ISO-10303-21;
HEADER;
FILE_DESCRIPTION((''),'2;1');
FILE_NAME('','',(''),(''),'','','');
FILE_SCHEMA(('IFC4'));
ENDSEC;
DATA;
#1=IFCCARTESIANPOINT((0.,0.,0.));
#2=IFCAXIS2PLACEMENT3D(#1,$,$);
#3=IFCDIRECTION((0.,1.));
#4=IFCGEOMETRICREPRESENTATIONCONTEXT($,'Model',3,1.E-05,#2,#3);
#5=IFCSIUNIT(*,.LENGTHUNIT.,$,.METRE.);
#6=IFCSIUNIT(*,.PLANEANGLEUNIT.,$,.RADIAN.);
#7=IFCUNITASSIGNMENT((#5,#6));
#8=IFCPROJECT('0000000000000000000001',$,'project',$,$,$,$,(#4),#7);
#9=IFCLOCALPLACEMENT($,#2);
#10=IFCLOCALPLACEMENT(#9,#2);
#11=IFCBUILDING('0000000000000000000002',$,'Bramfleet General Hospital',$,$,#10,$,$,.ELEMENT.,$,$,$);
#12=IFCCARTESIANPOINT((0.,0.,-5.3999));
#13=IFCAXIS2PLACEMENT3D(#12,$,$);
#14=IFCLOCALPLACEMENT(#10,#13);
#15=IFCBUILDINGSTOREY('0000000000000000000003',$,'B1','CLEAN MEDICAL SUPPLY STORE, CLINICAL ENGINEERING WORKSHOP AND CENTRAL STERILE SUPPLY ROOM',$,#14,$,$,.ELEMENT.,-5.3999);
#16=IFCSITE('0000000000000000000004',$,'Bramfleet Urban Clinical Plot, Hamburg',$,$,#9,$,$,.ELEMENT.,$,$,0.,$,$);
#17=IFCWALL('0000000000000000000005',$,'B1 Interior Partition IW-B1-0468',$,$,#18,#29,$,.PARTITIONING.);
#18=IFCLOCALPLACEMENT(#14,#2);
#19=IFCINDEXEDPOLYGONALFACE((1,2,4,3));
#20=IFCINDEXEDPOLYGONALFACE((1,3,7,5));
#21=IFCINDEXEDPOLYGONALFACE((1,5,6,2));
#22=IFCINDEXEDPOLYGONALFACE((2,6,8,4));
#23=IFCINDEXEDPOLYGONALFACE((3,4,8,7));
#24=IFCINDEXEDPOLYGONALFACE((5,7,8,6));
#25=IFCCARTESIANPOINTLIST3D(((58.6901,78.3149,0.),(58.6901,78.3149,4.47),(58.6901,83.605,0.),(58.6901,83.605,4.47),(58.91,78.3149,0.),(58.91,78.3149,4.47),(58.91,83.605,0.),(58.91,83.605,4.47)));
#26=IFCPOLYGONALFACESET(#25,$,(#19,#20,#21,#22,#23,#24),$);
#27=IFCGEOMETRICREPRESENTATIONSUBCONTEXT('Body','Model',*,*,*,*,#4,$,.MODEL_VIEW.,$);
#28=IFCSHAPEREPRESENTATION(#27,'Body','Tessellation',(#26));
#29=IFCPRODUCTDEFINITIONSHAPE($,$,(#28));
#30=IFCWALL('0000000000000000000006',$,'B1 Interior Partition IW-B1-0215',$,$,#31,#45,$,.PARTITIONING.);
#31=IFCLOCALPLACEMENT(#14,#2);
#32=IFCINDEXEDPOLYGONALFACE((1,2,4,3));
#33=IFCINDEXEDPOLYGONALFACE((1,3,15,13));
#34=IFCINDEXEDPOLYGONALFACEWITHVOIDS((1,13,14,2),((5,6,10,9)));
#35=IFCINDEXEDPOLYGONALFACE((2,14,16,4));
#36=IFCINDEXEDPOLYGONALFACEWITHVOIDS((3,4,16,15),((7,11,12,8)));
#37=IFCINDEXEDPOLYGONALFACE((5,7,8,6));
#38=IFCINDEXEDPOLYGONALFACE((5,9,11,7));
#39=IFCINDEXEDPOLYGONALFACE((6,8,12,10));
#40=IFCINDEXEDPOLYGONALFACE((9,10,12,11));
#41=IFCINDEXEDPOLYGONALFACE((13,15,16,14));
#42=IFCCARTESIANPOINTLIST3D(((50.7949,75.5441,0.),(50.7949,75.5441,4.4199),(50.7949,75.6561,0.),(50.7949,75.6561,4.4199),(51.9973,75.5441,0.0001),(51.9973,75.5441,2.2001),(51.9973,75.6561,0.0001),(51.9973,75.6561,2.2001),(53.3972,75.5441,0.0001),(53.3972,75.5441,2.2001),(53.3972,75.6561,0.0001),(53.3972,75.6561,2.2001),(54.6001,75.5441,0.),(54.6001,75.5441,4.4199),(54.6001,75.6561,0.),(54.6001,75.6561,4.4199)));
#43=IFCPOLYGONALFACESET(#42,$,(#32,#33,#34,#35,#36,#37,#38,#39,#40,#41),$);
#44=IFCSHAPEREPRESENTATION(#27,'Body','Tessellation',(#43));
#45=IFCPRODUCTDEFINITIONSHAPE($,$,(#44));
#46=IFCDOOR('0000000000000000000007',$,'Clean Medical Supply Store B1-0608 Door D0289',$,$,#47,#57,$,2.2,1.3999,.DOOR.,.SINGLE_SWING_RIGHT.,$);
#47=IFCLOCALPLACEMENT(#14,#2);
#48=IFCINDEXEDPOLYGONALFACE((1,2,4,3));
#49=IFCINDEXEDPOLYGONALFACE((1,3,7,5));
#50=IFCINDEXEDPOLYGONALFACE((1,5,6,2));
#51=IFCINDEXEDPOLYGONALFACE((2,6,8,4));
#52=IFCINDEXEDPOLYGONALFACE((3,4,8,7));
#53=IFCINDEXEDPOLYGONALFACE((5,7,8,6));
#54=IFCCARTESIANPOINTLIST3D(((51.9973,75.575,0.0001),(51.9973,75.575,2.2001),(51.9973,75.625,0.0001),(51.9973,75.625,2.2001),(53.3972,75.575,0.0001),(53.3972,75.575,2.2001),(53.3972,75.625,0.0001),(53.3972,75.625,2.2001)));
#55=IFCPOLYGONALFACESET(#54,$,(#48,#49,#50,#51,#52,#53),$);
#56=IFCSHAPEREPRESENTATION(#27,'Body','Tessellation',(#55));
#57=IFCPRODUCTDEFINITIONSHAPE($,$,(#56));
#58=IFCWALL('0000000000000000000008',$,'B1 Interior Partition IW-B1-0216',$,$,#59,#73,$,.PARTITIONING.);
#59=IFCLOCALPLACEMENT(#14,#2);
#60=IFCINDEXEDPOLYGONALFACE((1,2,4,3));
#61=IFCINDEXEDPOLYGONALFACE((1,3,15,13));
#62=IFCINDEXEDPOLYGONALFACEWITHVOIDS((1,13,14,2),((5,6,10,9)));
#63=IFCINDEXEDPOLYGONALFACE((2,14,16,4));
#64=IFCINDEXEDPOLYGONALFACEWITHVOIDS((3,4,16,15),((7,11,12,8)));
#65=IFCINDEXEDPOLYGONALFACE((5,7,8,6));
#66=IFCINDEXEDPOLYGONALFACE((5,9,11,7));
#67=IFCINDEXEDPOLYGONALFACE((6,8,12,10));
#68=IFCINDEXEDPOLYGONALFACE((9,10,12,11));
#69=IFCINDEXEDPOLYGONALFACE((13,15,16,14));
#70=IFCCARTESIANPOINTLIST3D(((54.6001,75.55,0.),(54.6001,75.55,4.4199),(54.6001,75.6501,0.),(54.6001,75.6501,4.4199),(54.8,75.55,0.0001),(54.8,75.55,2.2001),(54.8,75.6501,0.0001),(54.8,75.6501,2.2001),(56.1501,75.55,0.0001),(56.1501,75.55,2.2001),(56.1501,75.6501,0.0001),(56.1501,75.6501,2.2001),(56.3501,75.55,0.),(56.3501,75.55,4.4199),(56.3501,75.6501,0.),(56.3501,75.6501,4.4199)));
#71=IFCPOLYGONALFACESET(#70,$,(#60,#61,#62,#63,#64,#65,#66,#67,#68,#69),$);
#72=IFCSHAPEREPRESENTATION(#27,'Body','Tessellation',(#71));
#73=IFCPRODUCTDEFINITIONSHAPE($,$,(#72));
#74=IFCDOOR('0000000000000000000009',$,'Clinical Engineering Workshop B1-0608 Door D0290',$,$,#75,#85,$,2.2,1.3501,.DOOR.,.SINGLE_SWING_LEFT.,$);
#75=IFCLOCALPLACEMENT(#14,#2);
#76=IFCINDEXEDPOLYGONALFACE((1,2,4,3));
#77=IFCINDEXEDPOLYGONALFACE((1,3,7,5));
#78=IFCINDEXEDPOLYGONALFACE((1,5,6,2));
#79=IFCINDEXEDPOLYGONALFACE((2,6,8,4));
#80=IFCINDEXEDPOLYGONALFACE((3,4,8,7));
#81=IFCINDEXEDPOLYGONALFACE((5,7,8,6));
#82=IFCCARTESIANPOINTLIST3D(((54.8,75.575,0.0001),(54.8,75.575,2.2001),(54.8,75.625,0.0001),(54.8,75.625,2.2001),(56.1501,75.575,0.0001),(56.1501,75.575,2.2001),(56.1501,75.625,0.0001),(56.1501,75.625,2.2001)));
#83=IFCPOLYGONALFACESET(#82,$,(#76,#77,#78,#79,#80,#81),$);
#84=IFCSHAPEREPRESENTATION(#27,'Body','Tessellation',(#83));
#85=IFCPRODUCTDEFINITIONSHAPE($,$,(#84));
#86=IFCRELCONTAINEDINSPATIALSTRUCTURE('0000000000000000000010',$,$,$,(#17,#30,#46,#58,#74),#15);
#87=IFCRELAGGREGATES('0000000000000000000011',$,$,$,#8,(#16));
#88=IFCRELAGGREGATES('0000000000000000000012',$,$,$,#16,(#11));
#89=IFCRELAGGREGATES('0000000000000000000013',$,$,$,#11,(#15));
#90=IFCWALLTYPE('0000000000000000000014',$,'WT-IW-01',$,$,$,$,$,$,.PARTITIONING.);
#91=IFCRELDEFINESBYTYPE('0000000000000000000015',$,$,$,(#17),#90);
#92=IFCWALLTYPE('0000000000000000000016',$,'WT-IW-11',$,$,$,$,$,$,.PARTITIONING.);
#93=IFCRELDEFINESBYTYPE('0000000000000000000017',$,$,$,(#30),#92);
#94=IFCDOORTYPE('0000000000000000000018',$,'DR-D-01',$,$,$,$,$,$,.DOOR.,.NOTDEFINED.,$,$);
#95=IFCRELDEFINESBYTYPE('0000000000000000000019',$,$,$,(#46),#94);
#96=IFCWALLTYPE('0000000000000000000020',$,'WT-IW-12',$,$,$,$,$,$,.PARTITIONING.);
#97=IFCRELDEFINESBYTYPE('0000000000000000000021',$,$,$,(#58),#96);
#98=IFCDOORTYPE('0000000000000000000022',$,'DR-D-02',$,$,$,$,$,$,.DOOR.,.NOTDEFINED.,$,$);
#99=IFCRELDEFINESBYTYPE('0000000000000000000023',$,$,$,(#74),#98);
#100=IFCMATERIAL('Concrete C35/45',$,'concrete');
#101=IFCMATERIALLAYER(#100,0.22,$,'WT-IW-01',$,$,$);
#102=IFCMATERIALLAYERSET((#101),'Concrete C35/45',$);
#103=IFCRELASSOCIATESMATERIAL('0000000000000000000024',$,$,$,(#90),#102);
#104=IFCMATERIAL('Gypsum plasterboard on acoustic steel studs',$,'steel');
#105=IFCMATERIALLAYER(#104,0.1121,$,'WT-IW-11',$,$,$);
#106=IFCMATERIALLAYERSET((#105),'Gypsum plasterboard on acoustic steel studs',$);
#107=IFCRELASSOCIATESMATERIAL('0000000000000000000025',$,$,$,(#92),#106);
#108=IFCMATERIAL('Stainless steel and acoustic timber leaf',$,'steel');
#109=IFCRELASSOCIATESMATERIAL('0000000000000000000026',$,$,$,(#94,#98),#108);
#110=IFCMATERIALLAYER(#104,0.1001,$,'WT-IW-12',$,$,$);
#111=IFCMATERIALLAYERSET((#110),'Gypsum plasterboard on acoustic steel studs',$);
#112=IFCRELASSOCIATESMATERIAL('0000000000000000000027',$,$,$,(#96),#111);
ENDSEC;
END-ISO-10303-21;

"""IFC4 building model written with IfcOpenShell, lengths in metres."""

from ifc_helpers import new_model, si_unit, direction, frame, frame_2d, origin, place, context, subcontext, project, spatial, rectangle, extrude, material, layer, layer_set, type_object, element, fill, save


model = new_model("IFC4")

# Units and contexts
model_context = context("Model", 3, precision=1e-05, world=origin(), true_north=direction((0.0, 1.0)))
body_context = subcontext(model_context, "Body", "Model", "MODEL_VIEW")
ifc_project = project(units=[si_unit("LENGTHUNIT", "METRE"), si_unit("PLANEANGLEUNIT", "RADIAN")], contexts=[model_context])

# Site, building, storey
site_placement = place(None, origin())
site = spatial("IfcSite", under=ifc_project, at=site_placement, Name="Bramfleet Urban Clinical Plot, Hamburg", CompositionType="ELEMENT", RefElevation=0.0)
building_placement = place(site_placement, origin())
building = spatial("IfcBuilding", under=site, at=building_placement, Name="Bramfleet General Hospital", CompositionType="ELEMENT")
storey_placement = place(building_placement, frame((0.0, 0.0, -5.3999)))
storey = spatial("IfcBuildingStorey", under=building, at=storey_placement, Name="B1", Description="CLEAN MEDICAL SUPPLY STORE, CLINICAL ENGINEERING WORKSHOP AND CENTRAL STERILE SUPPLY ROOM", CompositionType="ELEMENT", Elevation=-5.3999)

# Shared definitions
ifc_material_1 = material(Name="Concrete C35/45", Category="concrete")

# Shared definitions
ifc_layer_1 = layer(ifc_material_1, 0.22, Name="WT-IW-01")
ifc_layer_set_1 = layer_set([ifc_layer_1], Name="Concrete C35/45")
wall_type_1 = type_object("IfcWallType", Name="WT-IW-01", PredefinedType="PARTITIONING", material=ifc_layer_set_1)
ifc_material_2 = material(Name="Stainless steel and acoustic timber leaf", Category="steel")

# Wall
wall_1_placement = place(storey_placement, frame((58.8, 78.3149, 0.0), z_axis=(0.0, 0.0, 1.0), x_axis=(0.0, 1.0, 0.0)))
element("IfcWall", 1, at=wall_1_placement, inside=storey, type_object=wall_type_1, Name="B1 Interior Partition IW-B1-0468", PredefinedType="PARTITIONING", context=body_context, shape_type="SweptSolid", body=[
    extrude(rectangle(XDim=5.29, YDim=0.22, at=frame_2d((2.645, 0.0))), origin(), (0.0, 0.0, 1.0), 4.47),
])

# Walls, openings, doors
ifc_material_3 = material(Name="Gypsum plasterboard on acoustic steel studs", Category="steel")
ifc_layer_2 = layer(ifc_material_3, 0.1121, Name="WT-IW-11")
ifc_layer_set_2 = layer_set([ifc_layer_2], Name="Gypsum plasterboard on acoustic steel studs")
wall_type_2 = type_object("IfcWallType", Name="WT-IW-11", PredefinedType="PARTITIONING", material=ifc_layer_set_2)
wall_2_placement = place(storey_placement, frame((50.7949, 75.6001, 0.0), z_axis=(0.0, 0.0, 1.0), x_axis=(1.0, 0.0, 0.0)))
wall_2 = element("IfcWall", 2, at=wall_2_placement, inside=storey, type_object=wall_type_2, Name="B1 Interior Partition IW-B1-0215", PredefinedType="PARTITIONING", context=body_context, shape_type="SweptSolid", body=[
    extrude(rectangle(XDim=3.8052, YDim=0.1121, at=frame_2d((1.9026, 0.0))), origin(), (0.0, 0.0, 1.0), 4.4199),
])
opening_1_placement = place(wall_2_placement, frame((1.2024, 0.0, 0.0)))
opening_1 = element("IfcOpeningElement", 3, at=opening_1_placement, cuts=wall_2, PredefinedType="OPENING", context=body_context, shape_type="SweptSolid", body=[
    extrude(rectangle(XDim=1.3999, YDim=2.2, at=frame_2d((0.7, 1.1001))), frame((0.0, 0.0659, 0.0), z_axis=(0.0, -1.0, 0.0), x_axis=(1.0, 0.0, 0.0)), (0.0, 0.0, 1.0), 0.1321),
])
door_type_1 = type_object("IfcDoorType", Name="DR-D-01", OperationType="NOTDEFINED", PredefinedType="DOOR", material=ifc_material_2)
door_1_placement = place(opening_1_placement, origin())
door_1 = element("IfcDoor", 4, at=door_1_placement, inside=storey, type_object=door_type_1, Name="Clean Medical Supply Store B1-0608 Door D0289", OperationType="SINGLE_SWING_RIGHT", OverallHeight=2.2, OverallWidth=1.3999, PredefinedType="DOOR", context=body_context, shape_type="SweptSolid", body=[
    extrude(rectangle(XDim=1.3999, YDim=2.2, at=frame_2d((0.7, 1.1001))), frame((0.0, 0.0249, 0.0), z_axis=(0.0, -1.0, 0.0), x_axis=(1.0, 0.0, 0.0)), (0.0, 0.0, 1.0), 0.05),
])
fill(opening_1, door_1)
ifc_layer_3 = layer(ifc_material_3, 0.1001, Name="WT-IW-12")
ifc_layer_set_3 = layer_set([ifc_layer_3], Name="Gypsum plasterboard on acoustic steel studs")
wall_type_3 = type_object("IfcWallType", Name="WT-IW-12", PredefinedType="PARTITIONING", material=ifc_layer_set_3)
wall_3_placement = place(storey_placement, frame((54.6001, 75.6001, 0.0), z_axis=(0.0, 0.0, 1.0), x_axis=(1.0, 0.0, 0.0)))
wall_3 = element("IfcWall", 5, at=wall_3_placement, inside=storey, type_object=wall_type_3, Name="B1 Interior Partition IW-B1-0216", PredefinedType="PARTITIONING", context=body_context, shape_type="SweptSolid", body=[
    extrude(rectangle(XDim=1.75, YDim=0.1001, at=frame_2d((0.875, 0.0))), origin(), (0.0, 0.0, 1.0), 4.4199),
])
opening_2_placement = place(wall_3_placement, frame((0.2, 0.0, 0.0)))
opening_2 = element("IfcOpeningElement", 6, at=opening_2_placement, cuts=wall_3, PredefinedType="OPENING", context=body_context, shape_type="SweptSolid", body=[
    extrude(rectangle(XDim=1.3501, YDim=2.2, at=frame_2d((0.675, 1.1001))), frame((0.0, 0.0601, 0.0), z_axis=(0.0, -1.0, 0.0), x_axis=(1.0, 0.0, 0.0)), (0.0, 0.0, 1.0), 0.1201),
])
door_type_2 = type_object("IfcDoorType", Name="DR-D-02", OperationType="NOTDEFINED", PredefinedType="DOOR", material=ifc_material_2)
door_2_placement = place(opening_2_placement, origin())
door_2 = element("IfcDoor", 7, at=door_2_placement, inside=storey, type_object=door_type_2, Name="Clinical Engineering Workshop B1-0608 Door D0290", OperationType="SINGLE_SWING_LEFT", OverallHeight=2.2, OverallWidth=1.3501, PredefinedType="DOOR", context=body_context, shape_type="SweptSolid", body=[
    extrude(rectangle(XDim=1.3501, YDim=2.2, at=frame_2d((0.675, 1.1001))), frame((0.0, 0.0249, 0.0), z_axis=(0.0, -1.0, 0.0), x_axis=(1.0, 0.0, 0.0)), (0.0, 0.0, 1.0), 0.05),
])
fill(opening_2, door_2)

save(model, "model.ifc")
